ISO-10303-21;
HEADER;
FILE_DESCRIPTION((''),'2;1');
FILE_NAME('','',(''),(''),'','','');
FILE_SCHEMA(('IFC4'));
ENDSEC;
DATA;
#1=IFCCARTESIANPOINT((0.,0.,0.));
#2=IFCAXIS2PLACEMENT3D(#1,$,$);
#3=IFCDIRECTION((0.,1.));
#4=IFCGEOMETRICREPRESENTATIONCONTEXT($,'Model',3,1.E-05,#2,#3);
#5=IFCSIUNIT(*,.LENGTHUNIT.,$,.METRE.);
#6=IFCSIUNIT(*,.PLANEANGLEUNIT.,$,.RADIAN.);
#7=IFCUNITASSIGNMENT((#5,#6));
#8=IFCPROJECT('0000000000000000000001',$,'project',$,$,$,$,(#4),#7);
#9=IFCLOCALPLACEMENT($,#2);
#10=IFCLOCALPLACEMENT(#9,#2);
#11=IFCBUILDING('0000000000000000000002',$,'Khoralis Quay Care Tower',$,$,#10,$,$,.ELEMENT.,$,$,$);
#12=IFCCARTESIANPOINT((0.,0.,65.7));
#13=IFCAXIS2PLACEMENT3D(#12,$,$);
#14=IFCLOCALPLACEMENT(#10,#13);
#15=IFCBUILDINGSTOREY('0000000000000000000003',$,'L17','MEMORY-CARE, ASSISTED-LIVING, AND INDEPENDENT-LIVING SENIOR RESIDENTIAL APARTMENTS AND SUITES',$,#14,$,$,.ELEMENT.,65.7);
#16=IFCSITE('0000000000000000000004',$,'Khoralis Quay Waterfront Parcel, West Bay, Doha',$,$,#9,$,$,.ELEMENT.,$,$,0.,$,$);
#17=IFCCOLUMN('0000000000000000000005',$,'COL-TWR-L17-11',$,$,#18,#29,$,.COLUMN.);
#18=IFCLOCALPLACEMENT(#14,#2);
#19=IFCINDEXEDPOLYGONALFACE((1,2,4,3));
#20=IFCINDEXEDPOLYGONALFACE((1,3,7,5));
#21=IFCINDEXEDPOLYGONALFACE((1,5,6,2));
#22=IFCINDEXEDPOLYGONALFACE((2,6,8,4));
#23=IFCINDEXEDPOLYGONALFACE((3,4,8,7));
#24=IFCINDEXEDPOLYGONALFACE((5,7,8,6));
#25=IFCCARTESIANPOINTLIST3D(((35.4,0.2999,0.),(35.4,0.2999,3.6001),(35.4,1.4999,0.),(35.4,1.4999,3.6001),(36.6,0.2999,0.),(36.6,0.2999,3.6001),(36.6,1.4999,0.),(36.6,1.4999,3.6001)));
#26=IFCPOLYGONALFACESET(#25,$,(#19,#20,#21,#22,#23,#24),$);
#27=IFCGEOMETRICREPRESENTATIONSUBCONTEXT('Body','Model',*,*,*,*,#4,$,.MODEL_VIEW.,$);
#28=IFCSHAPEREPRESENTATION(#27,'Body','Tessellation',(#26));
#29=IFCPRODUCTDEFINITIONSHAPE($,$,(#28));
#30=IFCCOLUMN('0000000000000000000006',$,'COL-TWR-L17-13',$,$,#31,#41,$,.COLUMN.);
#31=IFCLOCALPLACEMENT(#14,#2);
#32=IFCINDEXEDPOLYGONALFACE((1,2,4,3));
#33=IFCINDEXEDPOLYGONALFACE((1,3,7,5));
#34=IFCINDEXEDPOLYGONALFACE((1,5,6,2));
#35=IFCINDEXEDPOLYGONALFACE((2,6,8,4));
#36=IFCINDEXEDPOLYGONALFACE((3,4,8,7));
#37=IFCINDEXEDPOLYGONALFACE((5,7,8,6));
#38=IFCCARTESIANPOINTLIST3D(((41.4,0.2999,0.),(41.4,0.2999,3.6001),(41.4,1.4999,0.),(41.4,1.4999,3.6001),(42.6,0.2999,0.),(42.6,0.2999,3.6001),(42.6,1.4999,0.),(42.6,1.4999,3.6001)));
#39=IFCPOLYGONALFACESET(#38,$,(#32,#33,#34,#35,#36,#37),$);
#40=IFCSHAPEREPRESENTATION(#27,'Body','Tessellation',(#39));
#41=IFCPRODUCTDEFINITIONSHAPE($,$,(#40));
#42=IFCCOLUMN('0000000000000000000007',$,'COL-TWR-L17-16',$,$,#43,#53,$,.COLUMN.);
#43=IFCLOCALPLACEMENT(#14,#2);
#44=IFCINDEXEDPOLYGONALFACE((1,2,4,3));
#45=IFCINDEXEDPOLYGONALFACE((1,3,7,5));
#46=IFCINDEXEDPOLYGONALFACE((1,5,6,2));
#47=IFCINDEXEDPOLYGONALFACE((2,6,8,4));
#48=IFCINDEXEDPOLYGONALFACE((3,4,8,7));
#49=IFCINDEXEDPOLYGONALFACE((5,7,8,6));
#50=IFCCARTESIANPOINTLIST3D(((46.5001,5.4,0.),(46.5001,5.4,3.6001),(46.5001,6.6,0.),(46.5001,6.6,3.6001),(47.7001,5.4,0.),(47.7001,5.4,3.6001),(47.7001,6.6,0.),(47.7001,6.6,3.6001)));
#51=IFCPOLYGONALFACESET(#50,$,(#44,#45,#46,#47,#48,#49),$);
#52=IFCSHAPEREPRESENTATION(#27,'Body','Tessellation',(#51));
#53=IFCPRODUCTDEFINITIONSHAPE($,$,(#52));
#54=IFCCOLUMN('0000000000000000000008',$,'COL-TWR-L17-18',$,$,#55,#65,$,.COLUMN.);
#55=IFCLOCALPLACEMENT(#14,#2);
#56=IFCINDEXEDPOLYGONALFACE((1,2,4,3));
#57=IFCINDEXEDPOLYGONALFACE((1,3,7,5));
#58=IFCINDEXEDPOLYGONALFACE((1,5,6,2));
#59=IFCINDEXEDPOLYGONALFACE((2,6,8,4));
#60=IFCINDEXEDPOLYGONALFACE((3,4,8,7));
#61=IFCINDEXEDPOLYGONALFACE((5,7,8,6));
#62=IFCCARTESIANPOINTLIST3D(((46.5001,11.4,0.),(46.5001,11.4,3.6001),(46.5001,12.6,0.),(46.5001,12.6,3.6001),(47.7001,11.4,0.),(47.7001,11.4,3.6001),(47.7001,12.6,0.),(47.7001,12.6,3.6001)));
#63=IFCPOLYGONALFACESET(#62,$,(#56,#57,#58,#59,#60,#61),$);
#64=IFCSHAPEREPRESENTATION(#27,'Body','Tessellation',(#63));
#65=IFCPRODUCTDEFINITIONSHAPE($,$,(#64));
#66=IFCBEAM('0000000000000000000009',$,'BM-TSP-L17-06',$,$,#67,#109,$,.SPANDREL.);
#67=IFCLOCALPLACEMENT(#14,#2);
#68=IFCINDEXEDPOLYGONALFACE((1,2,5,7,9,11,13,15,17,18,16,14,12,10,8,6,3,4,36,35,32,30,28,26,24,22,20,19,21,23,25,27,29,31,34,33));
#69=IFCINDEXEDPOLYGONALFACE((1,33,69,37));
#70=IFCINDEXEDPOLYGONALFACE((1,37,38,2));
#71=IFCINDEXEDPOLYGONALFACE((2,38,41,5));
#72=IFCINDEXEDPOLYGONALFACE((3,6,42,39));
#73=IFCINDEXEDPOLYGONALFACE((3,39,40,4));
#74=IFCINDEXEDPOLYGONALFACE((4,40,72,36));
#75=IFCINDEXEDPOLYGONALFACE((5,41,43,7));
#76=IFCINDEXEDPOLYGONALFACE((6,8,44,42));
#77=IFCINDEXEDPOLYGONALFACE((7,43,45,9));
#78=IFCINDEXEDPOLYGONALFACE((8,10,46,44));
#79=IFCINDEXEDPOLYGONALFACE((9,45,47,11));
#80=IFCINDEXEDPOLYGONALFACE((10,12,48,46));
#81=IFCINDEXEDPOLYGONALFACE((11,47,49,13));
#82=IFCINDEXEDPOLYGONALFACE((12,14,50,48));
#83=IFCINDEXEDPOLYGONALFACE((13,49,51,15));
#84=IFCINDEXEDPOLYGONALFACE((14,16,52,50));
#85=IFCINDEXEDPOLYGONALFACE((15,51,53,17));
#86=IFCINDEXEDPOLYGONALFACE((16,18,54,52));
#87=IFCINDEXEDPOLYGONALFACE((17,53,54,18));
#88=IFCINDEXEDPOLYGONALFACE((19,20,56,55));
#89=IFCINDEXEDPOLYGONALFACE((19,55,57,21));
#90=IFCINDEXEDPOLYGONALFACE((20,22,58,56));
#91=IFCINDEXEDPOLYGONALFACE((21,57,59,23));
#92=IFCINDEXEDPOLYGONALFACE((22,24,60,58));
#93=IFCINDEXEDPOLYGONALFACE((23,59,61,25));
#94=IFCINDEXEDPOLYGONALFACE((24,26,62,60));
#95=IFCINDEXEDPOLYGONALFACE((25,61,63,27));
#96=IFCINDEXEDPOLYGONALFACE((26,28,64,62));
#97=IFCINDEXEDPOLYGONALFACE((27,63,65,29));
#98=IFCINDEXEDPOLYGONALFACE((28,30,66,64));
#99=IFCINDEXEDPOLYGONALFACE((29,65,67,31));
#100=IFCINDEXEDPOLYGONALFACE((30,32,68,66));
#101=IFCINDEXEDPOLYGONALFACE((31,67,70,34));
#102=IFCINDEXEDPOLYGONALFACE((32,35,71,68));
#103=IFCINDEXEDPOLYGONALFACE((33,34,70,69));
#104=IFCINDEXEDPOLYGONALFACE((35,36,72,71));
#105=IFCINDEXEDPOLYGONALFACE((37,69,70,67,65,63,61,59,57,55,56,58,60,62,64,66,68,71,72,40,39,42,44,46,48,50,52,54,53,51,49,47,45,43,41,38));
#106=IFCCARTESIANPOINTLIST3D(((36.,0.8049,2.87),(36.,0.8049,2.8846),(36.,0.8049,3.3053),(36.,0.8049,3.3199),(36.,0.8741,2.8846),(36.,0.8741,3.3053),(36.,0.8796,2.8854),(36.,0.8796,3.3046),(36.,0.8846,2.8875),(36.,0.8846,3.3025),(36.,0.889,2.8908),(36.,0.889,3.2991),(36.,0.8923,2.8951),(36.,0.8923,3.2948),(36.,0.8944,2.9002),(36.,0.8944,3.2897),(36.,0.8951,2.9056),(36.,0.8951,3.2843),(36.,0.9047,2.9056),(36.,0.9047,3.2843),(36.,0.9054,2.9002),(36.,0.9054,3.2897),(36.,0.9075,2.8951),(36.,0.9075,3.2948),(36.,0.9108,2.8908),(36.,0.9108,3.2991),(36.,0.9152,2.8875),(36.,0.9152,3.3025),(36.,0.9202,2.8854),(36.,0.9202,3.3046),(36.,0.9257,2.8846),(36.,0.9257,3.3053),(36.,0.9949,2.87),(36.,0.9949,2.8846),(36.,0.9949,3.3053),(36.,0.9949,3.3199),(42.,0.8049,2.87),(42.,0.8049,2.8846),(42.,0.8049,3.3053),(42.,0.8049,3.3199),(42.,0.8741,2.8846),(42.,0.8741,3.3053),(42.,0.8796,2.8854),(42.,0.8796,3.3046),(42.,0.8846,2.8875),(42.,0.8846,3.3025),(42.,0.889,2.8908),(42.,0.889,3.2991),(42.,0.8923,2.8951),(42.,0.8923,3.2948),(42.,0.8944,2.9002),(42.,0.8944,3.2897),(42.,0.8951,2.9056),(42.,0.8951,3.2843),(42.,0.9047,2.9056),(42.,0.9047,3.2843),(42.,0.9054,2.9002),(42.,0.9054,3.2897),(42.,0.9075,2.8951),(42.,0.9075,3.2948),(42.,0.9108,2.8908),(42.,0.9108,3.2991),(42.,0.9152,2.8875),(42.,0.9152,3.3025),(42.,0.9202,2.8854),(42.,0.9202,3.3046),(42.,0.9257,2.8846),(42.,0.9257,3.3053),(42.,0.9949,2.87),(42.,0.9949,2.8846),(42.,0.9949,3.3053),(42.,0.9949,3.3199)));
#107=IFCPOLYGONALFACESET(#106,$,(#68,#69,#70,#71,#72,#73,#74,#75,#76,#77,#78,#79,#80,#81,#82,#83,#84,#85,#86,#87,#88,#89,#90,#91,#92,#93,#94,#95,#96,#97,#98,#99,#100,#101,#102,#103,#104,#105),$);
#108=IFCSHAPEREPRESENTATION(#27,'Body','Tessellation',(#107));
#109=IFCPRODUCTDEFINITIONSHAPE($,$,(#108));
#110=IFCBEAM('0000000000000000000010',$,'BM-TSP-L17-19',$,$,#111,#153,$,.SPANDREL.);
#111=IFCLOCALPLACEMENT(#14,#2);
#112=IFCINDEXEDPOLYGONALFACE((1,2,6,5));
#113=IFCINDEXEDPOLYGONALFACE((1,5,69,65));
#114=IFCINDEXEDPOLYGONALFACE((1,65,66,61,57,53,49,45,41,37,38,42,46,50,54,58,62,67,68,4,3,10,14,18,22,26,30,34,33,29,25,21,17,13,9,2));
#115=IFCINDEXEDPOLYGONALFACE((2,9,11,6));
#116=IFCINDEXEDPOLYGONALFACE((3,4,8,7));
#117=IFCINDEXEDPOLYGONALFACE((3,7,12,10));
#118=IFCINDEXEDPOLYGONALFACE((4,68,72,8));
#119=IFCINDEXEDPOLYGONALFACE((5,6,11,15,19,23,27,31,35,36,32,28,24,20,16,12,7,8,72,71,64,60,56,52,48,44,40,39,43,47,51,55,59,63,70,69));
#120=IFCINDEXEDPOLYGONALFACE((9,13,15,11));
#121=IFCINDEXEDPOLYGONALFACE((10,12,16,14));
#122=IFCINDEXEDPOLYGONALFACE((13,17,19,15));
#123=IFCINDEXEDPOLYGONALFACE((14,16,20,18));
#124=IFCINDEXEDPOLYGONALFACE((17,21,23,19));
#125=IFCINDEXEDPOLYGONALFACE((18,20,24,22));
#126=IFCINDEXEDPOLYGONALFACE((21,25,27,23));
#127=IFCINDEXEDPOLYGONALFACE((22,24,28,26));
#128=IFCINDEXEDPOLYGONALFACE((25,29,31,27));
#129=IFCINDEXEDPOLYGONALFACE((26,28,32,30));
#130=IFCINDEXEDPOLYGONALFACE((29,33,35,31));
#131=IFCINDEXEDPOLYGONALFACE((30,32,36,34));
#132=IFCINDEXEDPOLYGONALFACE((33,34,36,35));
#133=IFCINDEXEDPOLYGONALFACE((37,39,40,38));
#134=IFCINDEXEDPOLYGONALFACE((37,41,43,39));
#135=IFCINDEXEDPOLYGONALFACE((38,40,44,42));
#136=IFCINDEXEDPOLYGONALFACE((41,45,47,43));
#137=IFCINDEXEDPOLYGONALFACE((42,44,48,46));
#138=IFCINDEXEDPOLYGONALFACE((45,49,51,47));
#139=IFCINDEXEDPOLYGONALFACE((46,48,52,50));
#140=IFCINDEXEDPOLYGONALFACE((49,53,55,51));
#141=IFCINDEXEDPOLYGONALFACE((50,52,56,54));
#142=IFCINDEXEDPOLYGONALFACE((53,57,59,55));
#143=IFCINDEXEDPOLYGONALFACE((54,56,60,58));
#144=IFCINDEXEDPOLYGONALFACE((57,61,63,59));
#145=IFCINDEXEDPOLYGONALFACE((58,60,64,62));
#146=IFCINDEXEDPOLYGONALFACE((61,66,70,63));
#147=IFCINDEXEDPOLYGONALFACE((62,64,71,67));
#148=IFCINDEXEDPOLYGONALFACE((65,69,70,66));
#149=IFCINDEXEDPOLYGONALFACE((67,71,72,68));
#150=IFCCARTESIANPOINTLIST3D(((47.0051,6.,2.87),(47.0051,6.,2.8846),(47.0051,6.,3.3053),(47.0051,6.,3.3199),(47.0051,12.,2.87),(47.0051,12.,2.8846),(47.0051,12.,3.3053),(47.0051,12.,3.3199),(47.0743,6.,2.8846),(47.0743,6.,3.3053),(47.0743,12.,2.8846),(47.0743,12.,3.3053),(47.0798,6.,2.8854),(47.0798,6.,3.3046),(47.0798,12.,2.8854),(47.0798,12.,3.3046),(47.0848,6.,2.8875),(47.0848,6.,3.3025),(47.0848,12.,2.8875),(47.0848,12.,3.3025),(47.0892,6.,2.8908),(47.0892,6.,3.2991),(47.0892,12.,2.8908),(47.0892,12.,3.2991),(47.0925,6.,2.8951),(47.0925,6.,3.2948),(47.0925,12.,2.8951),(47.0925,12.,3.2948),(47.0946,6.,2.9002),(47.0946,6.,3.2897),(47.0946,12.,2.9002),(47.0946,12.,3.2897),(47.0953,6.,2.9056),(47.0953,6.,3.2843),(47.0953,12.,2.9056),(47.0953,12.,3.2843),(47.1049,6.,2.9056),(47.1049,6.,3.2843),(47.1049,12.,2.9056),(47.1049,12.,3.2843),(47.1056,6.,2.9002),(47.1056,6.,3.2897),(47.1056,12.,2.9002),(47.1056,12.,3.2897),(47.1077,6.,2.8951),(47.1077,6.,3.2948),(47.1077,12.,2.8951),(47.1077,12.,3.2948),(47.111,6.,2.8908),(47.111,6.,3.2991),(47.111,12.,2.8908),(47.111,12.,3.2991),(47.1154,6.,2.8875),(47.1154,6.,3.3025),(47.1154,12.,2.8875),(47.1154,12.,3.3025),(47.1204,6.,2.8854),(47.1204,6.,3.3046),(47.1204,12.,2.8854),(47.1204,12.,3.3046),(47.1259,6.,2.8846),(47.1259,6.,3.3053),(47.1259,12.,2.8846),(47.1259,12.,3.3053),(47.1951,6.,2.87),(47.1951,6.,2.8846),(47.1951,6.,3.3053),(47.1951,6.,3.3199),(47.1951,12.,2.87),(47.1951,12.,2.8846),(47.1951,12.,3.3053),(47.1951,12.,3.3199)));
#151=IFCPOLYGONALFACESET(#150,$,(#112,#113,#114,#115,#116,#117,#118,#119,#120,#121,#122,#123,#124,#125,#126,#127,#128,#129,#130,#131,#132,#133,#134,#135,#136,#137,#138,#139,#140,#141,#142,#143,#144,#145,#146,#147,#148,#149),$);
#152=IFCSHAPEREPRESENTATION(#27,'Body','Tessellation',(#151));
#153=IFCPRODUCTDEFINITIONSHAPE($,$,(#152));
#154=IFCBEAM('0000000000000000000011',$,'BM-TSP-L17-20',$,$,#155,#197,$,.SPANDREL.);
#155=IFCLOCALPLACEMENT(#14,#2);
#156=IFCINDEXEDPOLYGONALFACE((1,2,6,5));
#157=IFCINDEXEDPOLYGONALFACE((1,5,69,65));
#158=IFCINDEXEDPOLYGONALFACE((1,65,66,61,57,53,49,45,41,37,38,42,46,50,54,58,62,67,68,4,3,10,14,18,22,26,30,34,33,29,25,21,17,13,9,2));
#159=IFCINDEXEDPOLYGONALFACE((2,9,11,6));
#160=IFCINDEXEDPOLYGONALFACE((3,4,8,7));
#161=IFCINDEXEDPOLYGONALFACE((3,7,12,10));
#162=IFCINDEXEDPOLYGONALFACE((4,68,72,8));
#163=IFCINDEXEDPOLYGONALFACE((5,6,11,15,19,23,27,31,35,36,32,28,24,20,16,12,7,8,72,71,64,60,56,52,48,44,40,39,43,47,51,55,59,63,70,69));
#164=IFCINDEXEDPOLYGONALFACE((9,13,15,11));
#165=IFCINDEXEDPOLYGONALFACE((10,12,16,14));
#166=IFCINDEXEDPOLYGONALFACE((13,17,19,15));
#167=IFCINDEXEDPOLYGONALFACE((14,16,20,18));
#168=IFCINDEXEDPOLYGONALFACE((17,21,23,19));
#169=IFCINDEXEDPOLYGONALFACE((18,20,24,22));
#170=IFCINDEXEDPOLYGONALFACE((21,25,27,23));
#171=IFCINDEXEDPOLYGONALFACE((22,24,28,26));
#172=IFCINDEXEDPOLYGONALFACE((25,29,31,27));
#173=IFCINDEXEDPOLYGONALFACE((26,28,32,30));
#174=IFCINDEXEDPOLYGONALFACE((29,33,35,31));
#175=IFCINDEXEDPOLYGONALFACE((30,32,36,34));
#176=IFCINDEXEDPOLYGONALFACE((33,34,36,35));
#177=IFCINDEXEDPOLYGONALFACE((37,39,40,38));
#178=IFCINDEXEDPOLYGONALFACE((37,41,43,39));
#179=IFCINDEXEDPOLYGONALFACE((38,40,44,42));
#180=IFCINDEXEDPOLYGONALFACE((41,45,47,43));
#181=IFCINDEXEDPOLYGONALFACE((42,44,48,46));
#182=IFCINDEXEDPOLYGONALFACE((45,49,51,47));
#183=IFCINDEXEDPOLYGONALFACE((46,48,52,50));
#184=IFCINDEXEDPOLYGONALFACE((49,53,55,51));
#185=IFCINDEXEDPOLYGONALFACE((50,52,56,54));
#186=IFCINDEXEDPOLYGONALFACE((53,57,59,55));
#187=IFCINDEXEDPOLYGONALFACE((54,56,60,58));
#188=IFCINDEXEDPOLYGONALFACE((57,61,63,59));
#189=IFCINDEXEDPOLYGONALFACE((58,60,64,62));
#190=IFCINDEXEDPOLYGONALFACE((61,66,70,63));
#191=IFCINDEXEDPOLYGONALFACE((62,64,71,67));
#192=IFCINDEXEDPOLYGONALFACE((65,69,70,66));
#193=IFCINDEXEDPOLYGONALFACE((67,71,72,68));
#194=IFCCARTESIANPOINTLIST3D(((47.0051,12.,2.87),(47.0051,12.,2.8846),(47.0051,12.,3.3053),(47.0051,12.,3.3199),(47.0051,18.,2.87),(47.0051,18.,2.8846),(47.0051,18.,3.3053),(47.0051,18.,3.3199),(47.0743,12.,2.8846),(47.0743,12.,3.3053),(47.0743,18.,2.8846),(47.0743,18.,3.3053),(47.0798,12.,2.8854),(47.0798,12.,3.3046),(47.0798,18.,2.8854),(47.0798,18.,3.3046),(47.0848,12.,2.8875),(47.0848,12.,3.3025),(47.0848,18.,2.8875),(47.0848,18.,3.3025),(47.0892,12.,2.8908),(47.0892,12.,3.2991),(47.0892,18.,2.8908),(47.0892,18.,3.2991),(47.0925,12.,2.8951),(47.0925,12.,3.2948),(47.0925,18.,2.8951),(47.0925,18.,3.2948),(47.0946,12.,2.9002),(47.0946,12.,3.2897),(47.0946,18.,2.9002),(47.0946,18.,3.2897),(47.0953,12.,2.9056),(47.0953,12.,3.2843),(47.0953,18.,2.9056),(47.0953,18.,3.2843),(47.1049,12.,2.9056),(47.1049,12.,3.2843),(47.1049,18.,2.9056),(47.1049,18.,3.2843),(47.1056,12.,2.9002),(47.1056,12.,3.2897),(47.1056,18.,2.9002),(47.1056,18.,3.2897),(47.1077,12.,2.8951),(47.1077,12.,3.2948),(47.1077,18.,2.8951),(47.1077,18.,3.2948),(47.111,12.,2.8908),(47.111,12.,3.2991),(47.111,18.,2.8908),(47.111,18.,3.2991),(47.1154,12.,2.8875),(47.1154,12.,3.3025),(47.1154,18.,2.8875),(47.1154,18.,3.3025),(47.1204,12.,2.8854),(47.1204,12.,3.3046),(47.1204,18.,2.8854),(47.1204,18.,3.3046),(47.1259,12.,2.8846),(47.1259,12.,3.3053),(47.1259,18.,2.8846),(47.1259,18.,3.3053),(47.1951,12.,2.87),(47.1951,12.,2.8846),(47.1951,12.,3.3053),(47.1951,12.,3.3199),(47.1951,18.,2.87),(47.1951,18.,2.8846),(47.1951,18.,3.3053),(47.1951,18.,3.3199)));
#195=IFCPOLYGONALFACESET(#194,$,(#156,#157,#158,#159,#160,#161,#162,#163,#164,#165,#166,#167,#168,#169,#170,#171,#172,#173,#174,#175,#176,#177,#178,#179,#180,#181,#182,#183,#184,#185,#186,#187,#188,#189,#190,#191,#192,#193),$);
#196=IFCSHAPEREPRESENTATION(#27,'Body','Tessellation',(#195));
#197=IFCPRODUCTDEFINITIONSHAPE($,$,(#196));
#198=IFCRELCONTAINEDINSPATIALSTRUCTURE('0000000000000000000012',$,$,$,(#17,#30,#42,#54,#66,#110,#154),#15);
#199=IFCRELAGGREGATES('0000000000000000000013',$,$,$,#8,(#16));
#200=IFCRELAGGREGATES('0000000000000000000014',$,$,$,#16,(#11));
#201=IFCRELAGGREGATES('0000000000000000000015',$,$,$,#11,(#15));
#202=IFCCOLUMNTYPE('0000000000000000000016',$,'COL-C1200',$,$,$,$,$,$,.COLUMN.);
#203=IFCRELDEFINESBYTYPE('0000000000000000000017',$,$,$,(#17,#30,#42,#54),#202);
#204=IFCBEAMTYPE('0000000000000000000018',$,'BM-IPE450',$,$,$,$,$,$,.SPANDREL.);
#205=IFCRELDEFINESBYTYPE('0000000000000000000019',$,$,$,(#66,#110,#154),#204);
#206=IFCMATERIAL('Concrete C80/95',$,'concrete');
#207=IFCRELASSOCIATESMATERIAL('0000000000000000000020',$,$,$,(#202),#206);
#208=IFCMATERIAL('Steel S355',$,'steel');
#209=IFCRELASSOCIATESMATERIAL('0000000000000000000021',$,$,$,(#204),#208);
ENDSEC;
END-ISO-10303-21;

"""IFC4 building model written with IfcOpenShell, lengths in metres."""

from ifc_helpers import new_model, si_unit, direction, frame, origin, origin_2d, place, context, subcontext, project, spatial, rectangle, i_section, extrude, source, transform, mapped, material, material_profile, profile_set, type_object, element, save


model = new_model("IFC4")

# Units and contexts
model_context = context("Model", 3, precision=1e-05, world=origin(), true_north=direction((0.0, 1.0)))
body_context = subcontext(model_context, "Body", "Model", "MODEL_VIEW")
ifc_project = project(units=[si_unit("LENGTHUNIT", "METRE"), si_unit("PLANEANGLEUNIT", "RADIAN")], contexts=[model_context])

# Site, building, storey
site_placement = place(None, origin())
site = spatial("IfcSite", under=ifc_project, at=site_placement, Name="Khoralis Quay Waterfront Parcel, West Bay, Doha", CompositionType="ELEMENT", RefElevation=0.0)
building_placement = place(site_placement, origin())
building = spatial("IfcBuilding", under=site, at=building_placement, Name="Khoralis Quay Care Tower", CompositionType="ELEMENT")
storey_placement = place(building_placement, frame((0.0, 0.0, 65.7)))
storey = spatial("IfcBuildingStorey", under=building, at=storey_placement, Name="L17", Description="MEMORY-CARE, ASSISTED-LIVING, AND INDEPENDENT-LIVING SENIOR RESIDENTIAL APARTMENTS AND SUITES", CompositionType="ELEMENT", Elevation=65.7)

# Columns
ifc_material_1 = material(Name="Concrete C80/95", Category="concrete")
ifc_material_profile_1 = material_profile(ifc_material_1, rectangle(XDim=1.2, YDim=1.2, at=origin_2d()), Name="Concrete C80/95")
ifc_profile_set_1 = profile_set([ifc_material_profile_1], Name="Concrete C80/95")
column_type = type_object("IfcColumnType", Name="COL-C1200", PredefinedType="COLUMN", material=ifc_profile_set_1)
shared_shape_1 = source(origin(), body_context, "Body", "SweptSolid", [
    extrude(rectangle(XDim=1.2, YDim=1.2, at=origin_2d()), origin(), (0.0, 0.0, 1.0), 3.6001),
])
for number, where, z_axis, x_axis, name in (
    (1, (36.0, 0.8999, 0.0), (0.0, 0.0, 1.0), (1.0, 0.0, 0.0), "COL-TWR-L17-11"),
    (2, (42.0, 0.8999, 0.0), (0.0, 0.0, 1.0), (1.0, 0.0, 0.0), "COL-TWR-L17-13"),
    (3, (47.1001, 6.0, 0.0), (0.0, 0.0, 1.0), (1.0, 0.0, 0.0), "COL-TWR-L17-16"),
    (4, (47.1001, 12.0, 0.0), (0.0, 0.0, 1.0), (1.0, 0.0, 0.0), "COL-TWR-L17-18"),
):
    element("IfcColumn", number, at=place(storey_placement, frame(where, z_axis=z_axis, x_axis=x_axis)), inside=storey, type_object=column_type, Name=name, PredefinedType="COLUMN", context=body_context, shape_type="MappedRepresentation", body=[
        mapped(shared_shape_1, transform((0.0, 0.0, 0.0), scale=1.0)),
    ])

# Beams
ifc_material_2 = material(Name="Steel S355", Category="steel")
ifc_material_profile_2 = material_profile(ifc_material_2, i_section(OverallWidth=0.1899, OverallDepth=0.45, WebThickness=0.0095, FlangeThickness=0.0146, FilletRadius=0.021, at=origin_2d()), Name="Steel S355")
ifc_profile_set_2 = profile_set([ifc_material_profile_2], Name="Steel S355")
beam_type_1 = type_object("IfcBeamType", Name="BM-IPE450", PredefinedType="SPANDREL", material=ifc_profile_set_2)
shared_shape_2 = source(origin(), body_context, "Body", "SweptSolid", [
    extrude(i_section(OverallWidth=0.1899, OverallDepth=0.45, WebThickness=0.0095, FlangeThickness=0.0146, FilletRadius=0.021, at=origin_2d()), origin(), (0.0, 0.0, 1.0), 6.0),
])
for number, where, z_axis, x_axis, name in (
    (5, (36.0, 0.8999, 3.095), (1.0, 0.0, 0.0), (0.0, 1.0, 0.0), "BM-TSP-L17-06"),
    (6, (47.1001, 6.0, 3.095), (0.0, 1.0, 0.0), (-1.0, 0.0, 0.0), "BM-TSP-L17-19"),
    (7, (47.1001, 12.0, 3.095), (0.0, 1.0, 0.0), (-1.0, 0.0, 0.0), "BM-TSP-L17-20"),
):
    element("IfcBeam", number, at=place(storey_placement, frame(where, z_axis=z_axis, x_axis=x_axis)), inside=storey, type_object=beam_type_1, Name=name, PredefinedType="SPANDREL", context=body_context, shape_type="MappedRepresentation", body=[
        mapped(shared_shape_2, transform((0.0, 0.0, 0.0), scale=1.0)),
    ])

save(model, "model.ifc")
